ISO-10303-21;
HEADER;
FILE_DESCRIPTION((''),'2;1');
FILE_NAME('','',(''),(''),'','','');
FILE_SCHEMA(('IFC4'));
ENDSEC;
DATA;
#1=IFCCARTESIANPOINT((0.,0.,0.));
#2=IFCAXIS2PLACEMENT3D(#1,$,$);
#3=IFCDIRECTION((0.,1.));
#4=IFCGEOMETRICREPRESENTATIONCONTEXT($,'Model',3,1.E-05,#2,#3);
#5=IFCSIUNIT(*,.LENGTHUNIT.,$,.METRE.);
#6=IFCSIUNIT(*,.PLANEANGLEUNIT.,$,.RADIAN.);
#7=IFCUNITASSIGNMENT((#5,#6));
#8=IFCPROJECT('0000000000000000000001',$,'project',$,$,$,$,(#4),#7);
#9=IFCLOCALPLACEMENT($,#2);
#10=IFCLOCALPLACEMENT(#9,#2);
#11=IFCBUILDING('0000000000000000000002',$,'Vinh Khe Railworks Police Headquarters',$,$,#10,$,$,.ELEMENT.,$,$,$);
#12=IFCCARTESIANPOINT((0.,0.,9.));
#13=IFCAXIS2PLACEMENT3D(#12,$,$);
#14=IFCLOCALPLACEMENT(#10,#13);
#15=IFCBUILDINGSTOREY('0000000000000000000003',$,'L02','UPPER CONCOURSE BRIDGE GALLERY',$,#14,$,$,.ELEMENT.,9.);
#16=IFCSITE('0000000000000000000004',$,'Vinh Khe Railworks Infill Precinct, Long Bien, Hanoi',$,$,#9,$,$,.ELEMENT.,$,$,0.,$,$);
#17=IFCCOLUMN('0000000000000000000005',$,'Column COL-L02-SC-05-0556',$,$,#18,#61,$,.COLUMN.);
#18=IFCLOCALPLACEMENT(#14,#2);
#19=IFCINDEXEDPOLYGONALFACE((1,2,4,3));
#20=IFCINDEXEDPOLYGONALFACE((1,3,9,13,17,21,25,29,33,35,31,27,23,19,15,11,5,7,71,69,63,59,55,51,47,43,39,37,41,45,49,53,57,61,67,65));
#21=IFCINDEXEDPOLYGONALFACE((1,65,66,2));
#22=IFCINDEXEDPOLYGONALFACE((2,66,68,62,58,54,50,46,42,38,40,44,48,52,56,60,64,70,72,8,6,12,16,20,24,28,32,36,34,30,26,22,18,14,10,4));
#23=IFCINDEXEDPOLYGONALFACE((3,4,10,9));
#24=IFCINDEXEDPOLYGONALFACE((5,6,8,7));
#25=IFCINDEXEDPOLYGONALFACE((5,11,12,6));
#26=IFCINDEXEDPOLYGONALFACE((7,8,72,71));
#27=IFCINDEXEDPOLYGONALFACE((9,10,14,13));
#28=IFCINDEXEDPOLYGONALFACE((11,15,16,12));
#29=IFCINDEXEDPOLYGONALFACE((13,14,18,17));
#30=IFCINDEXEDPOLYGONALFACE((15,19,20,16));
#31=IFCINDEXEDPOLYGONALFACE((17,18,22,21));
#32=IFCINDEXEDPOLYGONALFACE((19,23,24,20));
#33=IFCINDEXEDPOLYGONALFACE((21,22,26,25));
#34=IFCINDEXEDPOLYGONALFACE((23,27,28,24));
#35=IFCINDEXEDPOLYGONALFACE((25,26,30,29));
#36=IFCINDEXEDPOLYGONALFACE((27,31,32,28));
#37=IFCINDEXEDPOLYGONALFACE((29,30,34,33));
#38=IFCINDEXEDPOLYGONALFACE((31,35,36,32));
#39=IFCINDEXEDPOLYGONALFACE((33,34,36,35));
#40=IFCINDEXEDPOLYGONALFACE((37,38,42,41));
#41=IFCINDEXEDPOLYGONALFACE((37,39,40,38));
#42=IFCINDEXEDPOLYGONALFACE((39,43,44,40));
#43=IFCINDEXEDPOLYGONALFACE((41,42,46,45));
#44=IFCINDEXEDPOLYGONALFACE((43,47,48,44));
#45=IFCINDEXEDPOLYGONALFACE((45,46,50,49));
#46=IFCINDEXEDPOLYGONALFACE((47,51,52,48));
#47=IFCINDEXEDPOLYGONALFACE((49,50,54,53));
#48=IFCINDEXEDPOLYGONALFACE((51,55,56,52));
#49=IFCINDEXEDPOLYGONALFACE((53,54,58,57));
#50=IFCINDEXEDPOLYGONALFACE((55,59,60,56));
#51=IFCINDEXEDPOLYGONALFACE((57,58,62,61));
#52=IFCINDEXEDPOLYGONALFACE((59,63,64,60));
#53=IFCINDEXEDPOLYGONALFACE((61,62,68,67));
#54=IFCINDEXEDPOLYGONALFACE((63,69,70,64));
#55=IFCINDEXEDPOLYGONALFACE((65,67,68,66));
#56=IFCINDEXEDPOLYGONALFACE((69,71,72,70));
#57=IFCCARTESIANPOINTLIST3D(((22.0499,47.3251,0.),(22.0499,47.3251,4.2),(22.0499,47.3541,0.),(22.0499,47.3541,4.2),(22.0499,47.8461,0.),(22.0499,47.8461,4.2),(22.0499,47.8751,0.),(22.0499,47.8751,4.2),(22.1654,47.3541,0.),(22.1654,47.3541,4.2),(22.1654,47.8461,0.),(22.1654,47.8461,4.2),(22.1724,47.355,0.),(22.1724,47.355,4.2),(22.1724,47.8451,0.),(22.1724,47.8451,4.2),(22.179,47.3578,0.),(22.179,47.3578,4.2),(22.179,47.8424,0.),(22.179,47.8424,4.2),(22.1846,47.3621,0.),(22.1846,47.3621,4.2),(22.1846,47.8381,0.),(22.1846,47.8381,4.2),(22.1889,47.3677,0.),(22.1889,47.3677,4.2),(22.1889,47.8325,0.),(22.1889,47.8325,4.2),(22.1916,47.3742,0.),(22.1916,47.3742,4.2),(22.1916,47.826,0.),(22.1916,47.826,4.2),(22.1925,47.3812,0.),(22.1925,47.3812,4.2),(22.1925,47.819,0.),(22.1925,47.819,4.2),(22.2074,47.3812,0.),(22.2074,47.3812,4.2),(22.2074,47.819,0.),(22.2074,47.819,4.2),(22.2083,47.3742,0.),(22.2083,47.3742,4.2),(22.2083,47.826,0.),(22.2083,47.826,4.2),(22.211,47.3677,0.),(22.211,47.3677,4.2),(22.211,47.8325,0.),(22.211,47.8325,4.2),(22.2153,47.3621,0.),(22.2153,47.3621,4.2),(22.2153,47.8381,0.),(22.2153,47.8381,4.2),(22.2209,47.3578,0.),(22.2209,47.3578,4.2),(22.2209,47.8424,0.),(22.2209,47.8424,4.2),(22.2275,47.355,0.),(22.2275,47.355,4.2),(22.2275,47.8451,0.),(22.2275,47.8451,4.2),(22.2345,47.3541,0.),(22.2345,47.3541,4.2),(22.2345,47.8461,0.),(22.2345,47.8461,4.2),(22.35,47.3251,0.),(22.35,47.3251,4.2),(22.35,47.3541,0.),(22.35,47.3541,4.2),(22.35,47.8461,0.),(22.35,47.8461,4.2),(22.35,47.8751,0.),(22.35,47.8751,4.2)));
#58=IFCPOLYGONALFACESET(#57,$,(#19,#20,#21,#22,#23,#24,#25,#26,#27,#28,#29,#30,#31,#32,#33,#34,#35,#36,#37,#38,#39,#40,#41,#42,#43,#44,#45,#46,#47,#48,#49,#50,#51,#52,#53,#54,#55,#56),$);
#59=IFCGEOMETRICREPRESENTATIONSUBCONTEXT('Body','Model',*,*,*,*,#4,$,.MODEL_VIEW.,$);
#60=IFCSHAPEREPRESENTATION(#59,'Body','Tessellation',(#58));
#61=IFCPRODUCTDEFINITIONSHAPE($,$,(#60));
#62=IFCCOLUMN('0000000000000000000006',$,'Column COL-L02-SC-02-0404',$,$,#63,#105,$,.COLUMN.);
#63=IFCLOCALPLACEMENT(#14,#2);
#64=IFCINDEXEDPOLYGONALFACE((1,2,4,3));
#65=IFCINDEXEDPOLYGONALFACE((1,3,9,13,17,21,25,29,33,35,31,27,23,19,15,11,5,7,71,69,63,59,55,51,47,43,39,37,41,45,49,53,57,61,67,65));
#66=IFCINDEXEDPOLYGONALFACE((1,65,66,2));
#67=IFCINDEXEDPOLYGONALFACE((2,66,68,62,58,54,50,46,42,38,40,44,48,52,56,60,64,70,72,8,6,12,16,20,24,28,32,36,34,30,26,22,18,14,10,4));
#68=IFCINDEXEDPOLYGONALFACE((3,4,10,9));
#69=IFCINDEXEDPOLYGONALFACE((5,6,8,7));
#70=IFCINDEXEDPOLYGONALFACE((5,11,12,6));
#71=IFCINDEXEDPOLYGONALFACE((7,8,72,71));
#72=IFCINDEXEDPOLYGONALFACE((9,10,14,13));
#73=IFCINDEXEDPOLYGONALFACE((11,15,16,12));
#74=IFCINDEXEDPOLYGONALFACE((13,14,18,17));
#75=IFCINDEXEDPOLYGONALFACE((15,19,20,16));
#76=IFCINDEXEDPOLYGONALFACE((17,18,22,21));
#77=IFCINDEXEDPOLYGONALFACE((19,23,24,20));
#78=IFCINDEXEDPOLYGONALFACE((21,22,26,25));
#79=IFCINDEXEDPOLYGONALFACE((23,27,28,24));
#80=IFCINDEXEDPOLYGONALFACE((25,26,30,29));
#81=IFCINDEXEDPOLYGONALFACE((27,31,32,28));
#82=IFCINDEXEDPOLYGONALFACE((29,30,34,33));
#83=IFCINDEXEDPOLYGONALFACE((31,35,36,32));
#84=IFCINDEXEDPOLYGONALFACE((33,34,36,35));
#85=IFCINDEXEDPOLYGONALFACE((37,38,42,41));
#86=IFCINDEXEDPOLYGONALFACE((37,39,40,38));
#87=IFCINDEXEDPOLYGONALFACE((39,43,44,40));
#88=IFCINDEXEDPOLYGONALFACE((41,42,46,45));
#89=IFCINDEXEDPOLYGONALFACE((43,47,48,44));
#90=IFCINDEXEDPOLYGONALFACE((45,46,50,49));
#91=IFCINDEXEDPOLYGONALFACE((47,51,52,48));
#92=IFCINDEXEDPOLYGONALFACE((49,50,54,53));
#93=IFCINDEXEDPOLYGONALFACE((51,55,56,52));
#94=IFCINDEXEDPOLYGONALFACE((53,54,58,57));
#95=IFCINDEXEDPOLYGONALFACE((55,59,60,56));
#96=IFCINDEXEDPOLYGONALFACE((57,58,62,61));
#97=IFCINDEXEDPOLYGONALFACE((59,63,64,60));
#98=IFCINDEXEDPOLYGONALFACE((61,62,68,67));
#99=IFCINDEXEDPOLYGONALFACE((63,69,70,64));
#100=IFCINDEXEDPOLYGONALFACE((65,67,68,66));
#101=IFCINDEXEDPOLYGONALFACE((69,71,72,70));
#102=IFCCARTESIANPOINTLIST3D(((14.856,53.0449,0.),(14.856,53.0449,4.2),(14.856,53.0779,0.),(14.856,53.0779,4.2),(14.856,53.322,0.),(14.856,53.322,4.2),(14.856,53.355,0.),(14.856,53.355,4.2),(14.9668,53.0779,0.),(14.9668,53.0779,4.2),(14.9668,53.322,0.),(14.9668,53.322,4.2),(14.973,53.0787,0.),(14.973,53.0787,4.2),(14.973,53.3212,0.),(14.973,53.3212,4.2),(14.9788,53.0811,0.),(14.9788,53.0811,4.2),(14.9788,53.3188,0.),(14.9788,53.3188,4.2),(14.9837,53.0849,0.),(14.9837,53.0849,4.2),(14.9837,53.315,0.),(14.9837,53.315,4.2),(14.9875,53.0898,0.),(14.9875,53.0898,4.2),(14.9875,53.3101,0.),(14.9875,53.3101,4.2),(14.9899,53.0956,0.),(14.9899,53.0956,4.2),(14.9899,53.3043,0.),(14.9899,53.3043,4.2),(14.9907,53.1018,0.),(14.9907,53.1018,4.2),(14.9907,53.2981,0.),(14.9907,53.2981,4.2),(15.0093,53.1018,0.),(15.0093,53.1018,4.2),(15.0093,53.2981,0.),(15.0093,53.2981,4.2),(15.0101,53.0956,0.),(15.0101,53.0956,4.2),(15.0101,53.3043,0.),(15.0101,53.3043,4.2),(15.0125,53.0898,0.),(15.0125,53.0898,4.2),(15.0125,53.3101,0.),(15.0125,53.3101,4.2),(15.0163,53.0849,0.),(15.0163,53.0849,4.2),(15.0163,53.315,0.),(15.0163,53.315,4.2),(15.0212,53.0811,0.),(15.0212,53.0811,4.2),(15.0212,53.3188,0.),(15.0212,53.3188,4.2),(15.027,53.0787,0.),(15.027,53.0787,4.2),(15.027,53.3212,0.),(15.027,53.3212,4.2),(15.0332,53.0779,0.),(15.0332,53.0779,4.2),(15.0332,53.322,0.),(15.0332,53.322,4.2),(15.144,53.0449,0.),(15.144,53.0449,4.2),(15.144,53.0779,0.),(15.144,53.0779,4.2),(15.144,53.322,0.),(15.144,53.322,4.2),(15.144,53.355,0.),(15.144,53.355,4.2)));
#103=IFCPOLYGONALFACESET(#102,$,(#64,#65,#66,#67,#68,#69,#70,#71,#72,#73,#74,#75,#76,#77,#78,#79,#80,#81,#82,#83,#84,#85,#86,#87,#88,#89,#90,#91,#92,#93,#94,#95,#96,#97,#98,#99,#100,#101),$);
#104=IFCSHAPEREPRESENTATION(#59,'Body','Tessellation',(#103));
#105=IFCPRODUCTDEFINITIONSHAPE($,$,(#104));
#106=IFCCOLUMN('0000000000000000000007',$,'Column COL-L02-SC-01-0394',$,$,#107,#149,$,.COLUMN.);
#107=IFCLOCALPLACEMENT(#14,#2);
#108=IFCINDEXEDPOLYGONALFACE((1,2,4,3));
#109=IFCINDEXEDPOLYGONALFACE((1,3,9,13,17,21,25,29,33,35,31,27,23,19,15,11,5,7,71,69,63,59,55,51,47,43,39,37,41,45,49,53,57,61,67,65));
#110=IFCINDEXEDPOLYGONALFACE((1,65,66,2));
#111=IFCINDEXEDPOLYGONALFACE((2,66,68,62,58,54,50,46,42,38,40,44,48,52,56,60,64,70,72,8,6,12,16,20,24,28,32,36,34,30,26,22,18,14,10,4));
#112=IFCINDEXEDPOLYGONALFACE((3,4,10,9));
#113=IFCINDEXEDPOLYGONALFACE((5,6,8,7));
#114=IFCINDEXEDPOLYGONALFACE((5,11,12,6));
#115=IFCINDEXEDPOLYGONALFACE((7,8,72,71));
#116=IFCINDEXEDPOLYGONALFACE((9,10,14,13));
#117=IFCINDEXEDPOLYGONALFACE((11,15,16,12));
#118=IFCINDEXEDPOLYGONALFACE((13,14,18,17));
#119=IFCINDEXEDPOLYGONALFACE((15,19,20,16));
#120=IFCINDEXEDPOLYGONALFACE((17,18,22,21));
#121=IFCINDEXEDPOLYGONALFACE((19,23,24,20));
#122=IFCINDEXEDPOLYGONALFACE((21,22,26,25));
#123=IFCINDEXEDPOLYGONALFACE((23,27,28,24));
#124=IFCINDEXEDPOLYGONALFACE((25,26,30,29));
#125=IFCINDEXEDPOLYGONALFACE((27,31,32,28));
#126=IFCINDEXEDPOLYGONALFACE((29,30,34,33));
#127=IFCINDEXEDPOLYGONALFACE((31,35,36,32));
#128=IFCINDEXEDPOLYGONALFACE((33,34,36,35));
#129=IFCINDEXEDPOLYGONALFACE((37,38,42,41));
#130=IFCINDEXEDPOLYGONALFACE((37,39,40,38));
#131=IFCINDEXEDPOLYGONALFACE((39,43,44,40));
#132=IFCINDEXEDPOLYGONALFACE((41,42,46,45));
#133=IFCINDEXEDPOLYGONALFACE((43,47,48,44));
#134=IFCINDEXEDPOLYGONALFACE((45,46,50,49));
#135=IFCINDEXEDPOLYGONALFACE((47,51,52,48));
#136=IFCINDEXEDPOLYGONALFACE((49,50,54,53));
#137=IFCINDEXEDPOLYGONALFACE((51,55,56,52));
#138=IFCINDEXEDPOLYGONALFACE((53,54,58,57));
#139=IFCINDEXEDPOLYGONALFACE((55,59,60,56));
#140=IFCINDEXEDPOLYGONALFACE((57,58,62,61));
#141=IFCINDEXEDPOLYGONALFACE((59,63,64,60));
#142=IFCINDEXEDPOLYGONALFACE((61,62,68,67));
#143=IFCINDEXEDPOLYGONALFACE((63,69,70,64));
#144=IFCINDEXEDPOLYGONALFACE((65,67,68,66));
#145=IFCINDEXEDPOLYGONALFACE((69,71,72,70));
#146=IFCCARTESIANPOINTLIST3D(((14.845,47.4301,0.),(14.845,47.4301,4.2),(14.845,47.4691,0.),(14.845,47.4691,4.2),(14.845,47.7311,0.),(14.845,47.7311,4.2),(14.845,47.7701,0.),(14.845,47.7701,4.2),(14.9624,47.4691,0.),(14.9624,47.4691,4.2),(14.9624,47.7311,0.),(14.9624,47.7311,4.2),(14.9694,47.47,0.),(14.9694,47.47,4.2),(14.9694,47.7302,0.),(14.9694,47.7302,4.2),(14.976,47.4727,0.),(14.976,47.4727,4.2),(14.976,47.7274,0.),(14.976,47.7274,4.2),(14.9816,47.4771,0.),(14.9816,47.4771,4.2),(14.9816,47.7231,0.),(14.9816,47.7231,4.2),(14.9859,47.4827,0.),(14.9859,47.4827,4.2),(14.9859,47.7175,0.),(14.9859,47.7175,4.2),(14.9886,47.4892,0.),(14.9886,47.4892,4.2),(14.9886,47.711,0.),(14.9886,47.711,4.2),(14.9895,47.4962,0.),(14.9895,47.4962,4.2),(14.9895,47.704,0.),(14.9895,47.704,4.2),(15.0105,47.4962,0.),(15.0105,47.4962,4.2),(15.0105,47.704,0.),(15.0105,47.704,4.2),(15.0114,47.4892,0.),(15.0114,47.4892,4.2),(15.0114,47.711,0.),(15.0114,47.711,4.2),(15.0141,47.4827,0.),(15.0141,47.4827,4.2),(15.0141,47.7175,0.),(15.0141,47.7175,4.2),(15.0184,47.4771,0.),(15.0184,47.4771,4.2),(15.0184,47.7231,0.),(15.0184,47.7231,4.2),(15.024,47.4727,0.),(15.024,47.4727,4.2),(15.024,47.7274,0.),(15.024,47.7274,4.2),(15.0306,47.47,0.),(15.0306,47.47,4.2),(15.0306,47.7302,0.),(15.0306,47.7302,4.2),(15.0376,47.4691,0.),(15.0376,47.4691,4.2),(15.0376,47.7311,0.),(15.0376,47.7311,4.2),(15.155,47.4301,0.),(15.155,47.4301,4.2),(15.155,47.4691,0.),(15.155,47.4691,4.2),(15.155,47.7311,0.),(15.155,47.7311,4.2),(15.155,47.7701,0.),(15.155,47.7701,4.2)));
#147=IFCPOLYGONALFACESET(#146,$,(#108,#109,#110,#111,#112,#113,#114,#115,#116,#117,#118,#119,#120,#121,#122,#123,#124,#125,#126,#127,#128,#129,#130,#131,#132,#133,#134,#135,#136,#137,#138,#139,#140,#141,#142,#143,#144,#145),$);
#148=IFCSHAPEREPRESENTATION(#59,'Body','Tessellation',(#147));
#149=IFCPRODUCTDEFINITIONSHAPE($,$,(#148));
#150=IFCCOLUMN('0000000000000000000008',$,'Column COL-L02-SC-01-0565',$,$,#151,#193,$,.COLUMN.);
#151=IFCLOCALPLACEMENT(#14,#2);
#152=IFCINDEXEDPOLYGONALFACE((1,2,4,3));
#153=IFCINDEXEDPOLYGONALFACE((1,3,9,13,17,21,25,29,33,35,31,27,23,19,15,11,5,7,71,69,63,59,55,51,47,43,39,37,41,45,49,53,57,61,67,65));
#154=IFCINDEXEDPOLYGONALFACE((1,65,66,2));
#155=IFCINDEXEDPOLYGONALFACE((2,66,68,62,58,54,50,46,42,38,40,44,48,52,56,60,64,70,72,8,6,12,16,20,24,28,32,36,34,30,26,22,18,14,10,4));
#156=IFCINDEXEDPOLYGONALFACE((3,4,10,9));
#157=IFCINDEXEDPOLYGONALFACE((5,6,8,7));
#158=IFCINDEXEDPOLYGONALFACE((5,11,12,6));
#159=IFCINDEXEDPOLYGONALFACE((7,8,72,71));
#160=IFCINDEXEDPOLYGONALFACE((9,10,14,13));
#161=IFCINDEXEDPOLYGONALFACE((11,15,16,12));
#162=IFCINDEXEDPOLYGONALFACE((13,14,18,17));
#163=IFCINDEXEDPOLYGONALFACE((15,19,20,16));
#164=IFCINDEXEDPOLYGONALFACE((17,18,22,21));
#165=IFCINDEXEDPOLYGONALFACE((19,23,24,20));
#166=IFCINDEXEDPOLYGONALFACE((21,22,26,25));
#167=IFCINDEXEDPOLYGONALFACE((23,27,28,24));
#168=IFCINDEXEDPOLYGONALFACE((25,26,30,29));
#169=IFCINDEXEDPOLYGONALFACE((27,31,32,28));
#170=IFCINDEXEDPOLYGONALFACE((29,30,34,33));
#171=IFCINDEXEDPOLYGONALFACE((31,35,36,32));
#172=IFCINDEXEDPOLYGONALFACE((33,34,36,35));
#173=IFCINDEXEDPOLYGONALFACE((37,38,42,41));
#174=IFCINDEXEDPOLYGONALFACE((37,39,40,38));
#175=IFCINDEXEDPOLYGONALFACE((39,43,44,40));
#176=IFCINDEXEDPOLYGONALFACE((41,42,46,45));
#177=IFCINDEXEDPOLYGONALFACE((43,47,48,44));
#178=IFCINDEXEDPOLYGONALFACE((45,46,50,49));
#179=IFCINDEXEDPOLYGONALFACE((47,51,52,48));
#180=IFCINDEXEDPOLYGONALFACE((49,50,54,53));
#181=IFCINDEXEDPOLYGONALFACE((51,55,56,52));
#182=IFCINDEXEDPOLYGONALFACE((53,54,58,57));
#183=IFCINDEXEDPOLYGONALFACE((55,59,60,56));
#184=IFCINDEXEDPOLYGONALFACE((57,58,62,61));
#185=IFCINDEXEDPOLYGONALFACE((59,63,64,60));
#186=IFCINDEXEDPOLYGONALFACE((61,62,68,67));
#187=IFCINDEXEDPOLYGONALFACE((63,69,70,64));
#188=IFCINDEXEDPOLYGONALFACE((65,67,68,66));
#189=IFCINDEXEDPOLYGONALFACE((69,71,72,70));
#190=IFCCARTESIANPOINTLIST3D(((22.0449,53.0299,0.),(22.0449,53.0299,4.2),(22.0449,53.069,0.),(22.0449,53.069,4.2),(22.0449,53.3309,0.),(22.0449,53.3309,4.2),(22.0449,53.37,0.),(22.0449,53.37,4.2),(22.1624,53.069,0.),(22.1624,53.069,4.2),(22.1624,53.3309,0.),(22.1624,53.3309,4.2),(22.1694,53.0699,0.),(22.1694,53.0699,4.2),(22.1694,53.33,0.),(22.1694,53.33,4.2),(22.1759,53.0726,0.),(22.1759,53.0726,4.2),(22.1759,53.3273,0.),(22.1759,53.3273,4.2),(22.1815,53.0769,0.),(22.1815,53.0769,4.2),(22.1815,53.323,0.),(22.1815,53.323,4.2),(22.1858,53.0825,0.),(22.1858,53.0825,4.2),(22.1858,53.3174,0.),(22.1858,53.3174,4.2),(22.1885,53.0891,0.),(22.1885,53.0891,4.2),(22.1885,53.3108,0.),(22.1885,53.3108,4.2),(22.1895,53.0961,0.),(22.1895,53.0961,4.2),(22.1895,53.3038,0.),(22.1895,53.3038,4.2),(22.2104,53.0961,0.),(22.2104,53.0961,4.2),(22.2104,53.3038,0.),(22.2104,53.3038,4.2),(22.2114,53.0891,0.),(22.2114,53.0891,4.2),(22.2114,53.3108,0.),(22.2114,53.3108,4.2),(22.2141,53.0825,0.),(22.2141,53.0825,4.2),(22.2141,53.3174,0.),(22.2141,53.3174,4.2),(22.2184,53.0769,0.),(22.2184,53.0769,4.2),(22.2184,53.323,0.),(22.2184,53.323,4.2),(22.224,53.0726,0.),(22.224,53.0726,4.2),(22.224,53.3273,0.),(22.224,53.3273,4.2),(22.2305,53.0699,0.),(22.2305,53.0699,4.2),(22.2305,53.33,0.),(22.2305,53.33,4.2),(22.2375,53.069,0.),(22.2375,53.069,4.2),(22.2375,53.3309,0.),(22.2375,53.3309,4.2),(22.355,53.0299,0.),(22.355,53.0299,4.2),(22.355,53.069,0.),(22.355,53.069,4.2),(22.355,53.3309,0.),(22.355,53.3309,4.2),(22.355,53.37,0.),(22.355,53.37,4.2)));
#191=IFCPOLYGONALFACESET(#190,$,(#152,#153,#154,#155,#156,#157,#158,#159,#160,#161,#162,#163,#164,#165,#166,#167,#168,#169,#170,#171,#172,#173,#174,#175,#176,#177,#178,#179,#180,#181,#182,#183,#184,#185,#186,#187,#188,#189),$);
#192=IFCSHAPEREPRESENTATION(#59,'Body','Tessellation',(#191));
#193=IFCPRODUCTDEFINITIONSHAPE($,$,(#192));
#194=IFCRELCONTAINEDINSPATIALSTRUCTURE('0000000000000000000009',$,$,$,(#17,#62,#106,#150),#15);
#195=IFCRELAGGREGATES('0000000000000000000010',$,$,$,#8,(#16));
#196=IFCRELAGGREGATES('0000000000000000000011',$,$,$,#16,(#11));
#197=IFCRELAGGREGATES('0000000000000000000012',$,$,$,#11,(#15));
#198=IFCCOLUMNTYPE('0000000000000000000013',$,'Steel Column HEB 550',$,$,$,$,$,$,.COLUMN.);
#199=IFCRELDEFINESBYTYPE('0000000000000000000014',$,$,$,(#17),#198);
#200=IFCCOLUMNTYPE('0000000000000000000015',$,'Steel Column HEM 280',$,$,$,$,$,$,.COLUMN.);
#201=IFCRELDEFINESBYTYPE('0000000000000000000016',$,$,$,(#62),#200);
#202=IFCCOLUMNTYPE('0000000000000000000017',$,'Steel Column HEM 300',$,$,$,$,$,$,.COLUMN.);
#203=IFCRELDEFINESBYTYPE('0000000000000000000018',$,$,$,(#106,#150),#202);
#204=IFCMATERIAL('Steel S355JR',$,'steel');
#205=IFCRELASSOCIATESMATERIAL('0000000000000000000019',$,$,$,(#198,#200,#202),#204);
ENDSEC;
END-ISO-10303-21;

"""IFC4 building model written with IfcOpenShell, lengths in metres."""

from ifc_helpers import new_model, si_unit, direction, frame, origin, origin_2d, place, context, subcontext, project, spatial, i_section, extrude, material, material_profile, profile_set, type_object, element, save


model = new_model("IFC4")

# Units and contexts
model_context = context("Model", 3, precision=1e-05, world=origin(), true_north=direction((0.0, 1.0)))
body_context = subcontext(model_context, "Body", "Model", "MODEL_VIEW")
ifc_project = project(units=[si_unit("LENGTHUNIT", "METRE"), si_unit("PLANEANGLEUNIT", "RADIAN")], contexts=[model_context])

# Site, building, storey
site_placement = place(None, origin())
site = spatial("IfcSite", under=ifc_project, at=site_placement, Name="Vinh Khe Railworks Infill Precinct, Long Bien, Hanoi", CompositionType="ELEMENT", RefElevation=0.0)
building_placement = place(site_placement, origin())
building = spatial("IfcBuilding", under=site, at=building_placement, Name="Vinh Khe Railworks Police Headquarters", CompositionType="ELEMENT")
storey_placement = place(building_placement, frame((0.0, 0.0, 9.0)))
storey = spatial("IfcBuildingStorey", under=building, at=storey_placement, Name="L02", Description="UPPER CONCOURSE BRIDGE GALLERY", CompositionType="ELEMENT", Elevation=9.0)

# Columns
ifc_material_1 = material(Name="Steel S355JR", Category="steel")
ifc_material_profile_1 = material_profile(ifc_material_1, i_section(OverallWidth=0.3, OverallDepth=0.55, WebThickness=0.0149, FlangeThickness=0.0291, FilletRadius=0.0271, at=origin_2d()), Name="HEB 550")
ifc_profile_set_1 = profile_set([ifc_material_profile_1], Name="Steel S355JR")
column_type_1 = type_object("IfcColumnType", Name="Steel Column HEB 550", PredefinedType="COLUMN", material=ifc_profile_set_1)
column_1_placement = place(storey_placement, frame((22.2, 47.6001, 0.0), z_axis=(0.0, 0.0, 1.0), x_axis=(1.0, 0.0, 0.0)))
element("IfcColumn", 1, at=column_1_placement, inside=storey, type_object=column_type_1, Name="Column COL-L02-SC-05-0556", PredefinedType="COLUMN", context=body_context, shape_type="SweptSolid", body=[
    extrude(i_section(OverallWidth=0.3, OverallDepth=0.55, WebThickness=0.0149, FlangeThickness=0.0291, FilletRadius=0.0271, at=origin_2d()), origin(), (0.0, 0.0, 1.0), 4.2),
])
ifc_material_profile_2 = material_profile(ifc_material_1, i_section(OverallWidth=0.2881, OverallDepth=0.3101, WebThickness=0.0186, FlangeThickness=0.033, FilletRadius=0.0239, at=origin_2d()), Name="HEM 280")
ifc_profile_set_2 = profile_set([ifc_material_profile_2], Name="Steel S355JR")
column_type_2 = type_object("IfcColumnType", Name="Steel Column HEM 280", PredefinedType="COLUMN", material=ifc_profile_set_2)
column_2_placement = place(storey_placement, frame((15.0, 53.2, 0.0), z_axis=(0.0, 0.0, 1.0), x_axis=(1.0, 0.0, 0.0)))
element("IfcColumn", 2, at=column_2_placement, inside=storey, type_object=column_type_2, Name="Column COL-L02-SC-02-0404", PredefinedType="COLUMN", context=body_context, shape_type="SweptSolid", body=[
    extrude(i_section(OverallWidth=0.2881, OverallDepth=0.3101, WebThickness=0.0186, FlangeThickness=0.033, FilletRadius=0.0239, at=origin_2d()), origin(), (0.0, 0.0, 1.0), 4.2),
])
ifc_material_profile_3 = material_profile(ifc_material_1, i_section(OverallWidth=0.3101, OverallDepth=0.3401, WebThickness=0.021, FlangeThickness=0.0391, FilletRadius=0.0271, at=origin_2d()), Name="HEM 300")
ifc_profile_set_3 = profile_set([ifc_material_profile_3], Name="Steel S355JR")
column_type_3 = type_object("IfcColumnType", Name="Steel Column HEM 300", PredefinedType="COLUMN", material=ifc_profile_set_3)
for number, where, z_axis, x_axis, name in (
    (3, (15.0, 47.6001, 0.0), (0.0, 0.0, 1.0), (1.0, 0.0, 0.0), "Column COL-L02-SC-01-0394"),
    (4, (22.2, 53.2, 0.0), (0.0, 0.0, 1.0), (1.0, 0.0, 0.0), "Column COL-L02-SC-01-0565"),
):
    element("IfcColumn", number, at=place(storey_placement, frame(where, z_axis=z_axis, x_axis=x_axis)), inside=storey, type_object=column_type_3, Name=name, PredefinedType="COLUMN", context=body_context, shape_type="SweptSolid", body=[
        extrude(i_section(OverallWidth=0.3101, OverallDepth=0.3401, WebThickness=0.021, FlangeThickness=0.0391, FilletRadius=0.0271, at=origin_2d()), origin(), (0.0, 0.0, 1.0), 4.2),
    ])

save(model, "model.ifc")
